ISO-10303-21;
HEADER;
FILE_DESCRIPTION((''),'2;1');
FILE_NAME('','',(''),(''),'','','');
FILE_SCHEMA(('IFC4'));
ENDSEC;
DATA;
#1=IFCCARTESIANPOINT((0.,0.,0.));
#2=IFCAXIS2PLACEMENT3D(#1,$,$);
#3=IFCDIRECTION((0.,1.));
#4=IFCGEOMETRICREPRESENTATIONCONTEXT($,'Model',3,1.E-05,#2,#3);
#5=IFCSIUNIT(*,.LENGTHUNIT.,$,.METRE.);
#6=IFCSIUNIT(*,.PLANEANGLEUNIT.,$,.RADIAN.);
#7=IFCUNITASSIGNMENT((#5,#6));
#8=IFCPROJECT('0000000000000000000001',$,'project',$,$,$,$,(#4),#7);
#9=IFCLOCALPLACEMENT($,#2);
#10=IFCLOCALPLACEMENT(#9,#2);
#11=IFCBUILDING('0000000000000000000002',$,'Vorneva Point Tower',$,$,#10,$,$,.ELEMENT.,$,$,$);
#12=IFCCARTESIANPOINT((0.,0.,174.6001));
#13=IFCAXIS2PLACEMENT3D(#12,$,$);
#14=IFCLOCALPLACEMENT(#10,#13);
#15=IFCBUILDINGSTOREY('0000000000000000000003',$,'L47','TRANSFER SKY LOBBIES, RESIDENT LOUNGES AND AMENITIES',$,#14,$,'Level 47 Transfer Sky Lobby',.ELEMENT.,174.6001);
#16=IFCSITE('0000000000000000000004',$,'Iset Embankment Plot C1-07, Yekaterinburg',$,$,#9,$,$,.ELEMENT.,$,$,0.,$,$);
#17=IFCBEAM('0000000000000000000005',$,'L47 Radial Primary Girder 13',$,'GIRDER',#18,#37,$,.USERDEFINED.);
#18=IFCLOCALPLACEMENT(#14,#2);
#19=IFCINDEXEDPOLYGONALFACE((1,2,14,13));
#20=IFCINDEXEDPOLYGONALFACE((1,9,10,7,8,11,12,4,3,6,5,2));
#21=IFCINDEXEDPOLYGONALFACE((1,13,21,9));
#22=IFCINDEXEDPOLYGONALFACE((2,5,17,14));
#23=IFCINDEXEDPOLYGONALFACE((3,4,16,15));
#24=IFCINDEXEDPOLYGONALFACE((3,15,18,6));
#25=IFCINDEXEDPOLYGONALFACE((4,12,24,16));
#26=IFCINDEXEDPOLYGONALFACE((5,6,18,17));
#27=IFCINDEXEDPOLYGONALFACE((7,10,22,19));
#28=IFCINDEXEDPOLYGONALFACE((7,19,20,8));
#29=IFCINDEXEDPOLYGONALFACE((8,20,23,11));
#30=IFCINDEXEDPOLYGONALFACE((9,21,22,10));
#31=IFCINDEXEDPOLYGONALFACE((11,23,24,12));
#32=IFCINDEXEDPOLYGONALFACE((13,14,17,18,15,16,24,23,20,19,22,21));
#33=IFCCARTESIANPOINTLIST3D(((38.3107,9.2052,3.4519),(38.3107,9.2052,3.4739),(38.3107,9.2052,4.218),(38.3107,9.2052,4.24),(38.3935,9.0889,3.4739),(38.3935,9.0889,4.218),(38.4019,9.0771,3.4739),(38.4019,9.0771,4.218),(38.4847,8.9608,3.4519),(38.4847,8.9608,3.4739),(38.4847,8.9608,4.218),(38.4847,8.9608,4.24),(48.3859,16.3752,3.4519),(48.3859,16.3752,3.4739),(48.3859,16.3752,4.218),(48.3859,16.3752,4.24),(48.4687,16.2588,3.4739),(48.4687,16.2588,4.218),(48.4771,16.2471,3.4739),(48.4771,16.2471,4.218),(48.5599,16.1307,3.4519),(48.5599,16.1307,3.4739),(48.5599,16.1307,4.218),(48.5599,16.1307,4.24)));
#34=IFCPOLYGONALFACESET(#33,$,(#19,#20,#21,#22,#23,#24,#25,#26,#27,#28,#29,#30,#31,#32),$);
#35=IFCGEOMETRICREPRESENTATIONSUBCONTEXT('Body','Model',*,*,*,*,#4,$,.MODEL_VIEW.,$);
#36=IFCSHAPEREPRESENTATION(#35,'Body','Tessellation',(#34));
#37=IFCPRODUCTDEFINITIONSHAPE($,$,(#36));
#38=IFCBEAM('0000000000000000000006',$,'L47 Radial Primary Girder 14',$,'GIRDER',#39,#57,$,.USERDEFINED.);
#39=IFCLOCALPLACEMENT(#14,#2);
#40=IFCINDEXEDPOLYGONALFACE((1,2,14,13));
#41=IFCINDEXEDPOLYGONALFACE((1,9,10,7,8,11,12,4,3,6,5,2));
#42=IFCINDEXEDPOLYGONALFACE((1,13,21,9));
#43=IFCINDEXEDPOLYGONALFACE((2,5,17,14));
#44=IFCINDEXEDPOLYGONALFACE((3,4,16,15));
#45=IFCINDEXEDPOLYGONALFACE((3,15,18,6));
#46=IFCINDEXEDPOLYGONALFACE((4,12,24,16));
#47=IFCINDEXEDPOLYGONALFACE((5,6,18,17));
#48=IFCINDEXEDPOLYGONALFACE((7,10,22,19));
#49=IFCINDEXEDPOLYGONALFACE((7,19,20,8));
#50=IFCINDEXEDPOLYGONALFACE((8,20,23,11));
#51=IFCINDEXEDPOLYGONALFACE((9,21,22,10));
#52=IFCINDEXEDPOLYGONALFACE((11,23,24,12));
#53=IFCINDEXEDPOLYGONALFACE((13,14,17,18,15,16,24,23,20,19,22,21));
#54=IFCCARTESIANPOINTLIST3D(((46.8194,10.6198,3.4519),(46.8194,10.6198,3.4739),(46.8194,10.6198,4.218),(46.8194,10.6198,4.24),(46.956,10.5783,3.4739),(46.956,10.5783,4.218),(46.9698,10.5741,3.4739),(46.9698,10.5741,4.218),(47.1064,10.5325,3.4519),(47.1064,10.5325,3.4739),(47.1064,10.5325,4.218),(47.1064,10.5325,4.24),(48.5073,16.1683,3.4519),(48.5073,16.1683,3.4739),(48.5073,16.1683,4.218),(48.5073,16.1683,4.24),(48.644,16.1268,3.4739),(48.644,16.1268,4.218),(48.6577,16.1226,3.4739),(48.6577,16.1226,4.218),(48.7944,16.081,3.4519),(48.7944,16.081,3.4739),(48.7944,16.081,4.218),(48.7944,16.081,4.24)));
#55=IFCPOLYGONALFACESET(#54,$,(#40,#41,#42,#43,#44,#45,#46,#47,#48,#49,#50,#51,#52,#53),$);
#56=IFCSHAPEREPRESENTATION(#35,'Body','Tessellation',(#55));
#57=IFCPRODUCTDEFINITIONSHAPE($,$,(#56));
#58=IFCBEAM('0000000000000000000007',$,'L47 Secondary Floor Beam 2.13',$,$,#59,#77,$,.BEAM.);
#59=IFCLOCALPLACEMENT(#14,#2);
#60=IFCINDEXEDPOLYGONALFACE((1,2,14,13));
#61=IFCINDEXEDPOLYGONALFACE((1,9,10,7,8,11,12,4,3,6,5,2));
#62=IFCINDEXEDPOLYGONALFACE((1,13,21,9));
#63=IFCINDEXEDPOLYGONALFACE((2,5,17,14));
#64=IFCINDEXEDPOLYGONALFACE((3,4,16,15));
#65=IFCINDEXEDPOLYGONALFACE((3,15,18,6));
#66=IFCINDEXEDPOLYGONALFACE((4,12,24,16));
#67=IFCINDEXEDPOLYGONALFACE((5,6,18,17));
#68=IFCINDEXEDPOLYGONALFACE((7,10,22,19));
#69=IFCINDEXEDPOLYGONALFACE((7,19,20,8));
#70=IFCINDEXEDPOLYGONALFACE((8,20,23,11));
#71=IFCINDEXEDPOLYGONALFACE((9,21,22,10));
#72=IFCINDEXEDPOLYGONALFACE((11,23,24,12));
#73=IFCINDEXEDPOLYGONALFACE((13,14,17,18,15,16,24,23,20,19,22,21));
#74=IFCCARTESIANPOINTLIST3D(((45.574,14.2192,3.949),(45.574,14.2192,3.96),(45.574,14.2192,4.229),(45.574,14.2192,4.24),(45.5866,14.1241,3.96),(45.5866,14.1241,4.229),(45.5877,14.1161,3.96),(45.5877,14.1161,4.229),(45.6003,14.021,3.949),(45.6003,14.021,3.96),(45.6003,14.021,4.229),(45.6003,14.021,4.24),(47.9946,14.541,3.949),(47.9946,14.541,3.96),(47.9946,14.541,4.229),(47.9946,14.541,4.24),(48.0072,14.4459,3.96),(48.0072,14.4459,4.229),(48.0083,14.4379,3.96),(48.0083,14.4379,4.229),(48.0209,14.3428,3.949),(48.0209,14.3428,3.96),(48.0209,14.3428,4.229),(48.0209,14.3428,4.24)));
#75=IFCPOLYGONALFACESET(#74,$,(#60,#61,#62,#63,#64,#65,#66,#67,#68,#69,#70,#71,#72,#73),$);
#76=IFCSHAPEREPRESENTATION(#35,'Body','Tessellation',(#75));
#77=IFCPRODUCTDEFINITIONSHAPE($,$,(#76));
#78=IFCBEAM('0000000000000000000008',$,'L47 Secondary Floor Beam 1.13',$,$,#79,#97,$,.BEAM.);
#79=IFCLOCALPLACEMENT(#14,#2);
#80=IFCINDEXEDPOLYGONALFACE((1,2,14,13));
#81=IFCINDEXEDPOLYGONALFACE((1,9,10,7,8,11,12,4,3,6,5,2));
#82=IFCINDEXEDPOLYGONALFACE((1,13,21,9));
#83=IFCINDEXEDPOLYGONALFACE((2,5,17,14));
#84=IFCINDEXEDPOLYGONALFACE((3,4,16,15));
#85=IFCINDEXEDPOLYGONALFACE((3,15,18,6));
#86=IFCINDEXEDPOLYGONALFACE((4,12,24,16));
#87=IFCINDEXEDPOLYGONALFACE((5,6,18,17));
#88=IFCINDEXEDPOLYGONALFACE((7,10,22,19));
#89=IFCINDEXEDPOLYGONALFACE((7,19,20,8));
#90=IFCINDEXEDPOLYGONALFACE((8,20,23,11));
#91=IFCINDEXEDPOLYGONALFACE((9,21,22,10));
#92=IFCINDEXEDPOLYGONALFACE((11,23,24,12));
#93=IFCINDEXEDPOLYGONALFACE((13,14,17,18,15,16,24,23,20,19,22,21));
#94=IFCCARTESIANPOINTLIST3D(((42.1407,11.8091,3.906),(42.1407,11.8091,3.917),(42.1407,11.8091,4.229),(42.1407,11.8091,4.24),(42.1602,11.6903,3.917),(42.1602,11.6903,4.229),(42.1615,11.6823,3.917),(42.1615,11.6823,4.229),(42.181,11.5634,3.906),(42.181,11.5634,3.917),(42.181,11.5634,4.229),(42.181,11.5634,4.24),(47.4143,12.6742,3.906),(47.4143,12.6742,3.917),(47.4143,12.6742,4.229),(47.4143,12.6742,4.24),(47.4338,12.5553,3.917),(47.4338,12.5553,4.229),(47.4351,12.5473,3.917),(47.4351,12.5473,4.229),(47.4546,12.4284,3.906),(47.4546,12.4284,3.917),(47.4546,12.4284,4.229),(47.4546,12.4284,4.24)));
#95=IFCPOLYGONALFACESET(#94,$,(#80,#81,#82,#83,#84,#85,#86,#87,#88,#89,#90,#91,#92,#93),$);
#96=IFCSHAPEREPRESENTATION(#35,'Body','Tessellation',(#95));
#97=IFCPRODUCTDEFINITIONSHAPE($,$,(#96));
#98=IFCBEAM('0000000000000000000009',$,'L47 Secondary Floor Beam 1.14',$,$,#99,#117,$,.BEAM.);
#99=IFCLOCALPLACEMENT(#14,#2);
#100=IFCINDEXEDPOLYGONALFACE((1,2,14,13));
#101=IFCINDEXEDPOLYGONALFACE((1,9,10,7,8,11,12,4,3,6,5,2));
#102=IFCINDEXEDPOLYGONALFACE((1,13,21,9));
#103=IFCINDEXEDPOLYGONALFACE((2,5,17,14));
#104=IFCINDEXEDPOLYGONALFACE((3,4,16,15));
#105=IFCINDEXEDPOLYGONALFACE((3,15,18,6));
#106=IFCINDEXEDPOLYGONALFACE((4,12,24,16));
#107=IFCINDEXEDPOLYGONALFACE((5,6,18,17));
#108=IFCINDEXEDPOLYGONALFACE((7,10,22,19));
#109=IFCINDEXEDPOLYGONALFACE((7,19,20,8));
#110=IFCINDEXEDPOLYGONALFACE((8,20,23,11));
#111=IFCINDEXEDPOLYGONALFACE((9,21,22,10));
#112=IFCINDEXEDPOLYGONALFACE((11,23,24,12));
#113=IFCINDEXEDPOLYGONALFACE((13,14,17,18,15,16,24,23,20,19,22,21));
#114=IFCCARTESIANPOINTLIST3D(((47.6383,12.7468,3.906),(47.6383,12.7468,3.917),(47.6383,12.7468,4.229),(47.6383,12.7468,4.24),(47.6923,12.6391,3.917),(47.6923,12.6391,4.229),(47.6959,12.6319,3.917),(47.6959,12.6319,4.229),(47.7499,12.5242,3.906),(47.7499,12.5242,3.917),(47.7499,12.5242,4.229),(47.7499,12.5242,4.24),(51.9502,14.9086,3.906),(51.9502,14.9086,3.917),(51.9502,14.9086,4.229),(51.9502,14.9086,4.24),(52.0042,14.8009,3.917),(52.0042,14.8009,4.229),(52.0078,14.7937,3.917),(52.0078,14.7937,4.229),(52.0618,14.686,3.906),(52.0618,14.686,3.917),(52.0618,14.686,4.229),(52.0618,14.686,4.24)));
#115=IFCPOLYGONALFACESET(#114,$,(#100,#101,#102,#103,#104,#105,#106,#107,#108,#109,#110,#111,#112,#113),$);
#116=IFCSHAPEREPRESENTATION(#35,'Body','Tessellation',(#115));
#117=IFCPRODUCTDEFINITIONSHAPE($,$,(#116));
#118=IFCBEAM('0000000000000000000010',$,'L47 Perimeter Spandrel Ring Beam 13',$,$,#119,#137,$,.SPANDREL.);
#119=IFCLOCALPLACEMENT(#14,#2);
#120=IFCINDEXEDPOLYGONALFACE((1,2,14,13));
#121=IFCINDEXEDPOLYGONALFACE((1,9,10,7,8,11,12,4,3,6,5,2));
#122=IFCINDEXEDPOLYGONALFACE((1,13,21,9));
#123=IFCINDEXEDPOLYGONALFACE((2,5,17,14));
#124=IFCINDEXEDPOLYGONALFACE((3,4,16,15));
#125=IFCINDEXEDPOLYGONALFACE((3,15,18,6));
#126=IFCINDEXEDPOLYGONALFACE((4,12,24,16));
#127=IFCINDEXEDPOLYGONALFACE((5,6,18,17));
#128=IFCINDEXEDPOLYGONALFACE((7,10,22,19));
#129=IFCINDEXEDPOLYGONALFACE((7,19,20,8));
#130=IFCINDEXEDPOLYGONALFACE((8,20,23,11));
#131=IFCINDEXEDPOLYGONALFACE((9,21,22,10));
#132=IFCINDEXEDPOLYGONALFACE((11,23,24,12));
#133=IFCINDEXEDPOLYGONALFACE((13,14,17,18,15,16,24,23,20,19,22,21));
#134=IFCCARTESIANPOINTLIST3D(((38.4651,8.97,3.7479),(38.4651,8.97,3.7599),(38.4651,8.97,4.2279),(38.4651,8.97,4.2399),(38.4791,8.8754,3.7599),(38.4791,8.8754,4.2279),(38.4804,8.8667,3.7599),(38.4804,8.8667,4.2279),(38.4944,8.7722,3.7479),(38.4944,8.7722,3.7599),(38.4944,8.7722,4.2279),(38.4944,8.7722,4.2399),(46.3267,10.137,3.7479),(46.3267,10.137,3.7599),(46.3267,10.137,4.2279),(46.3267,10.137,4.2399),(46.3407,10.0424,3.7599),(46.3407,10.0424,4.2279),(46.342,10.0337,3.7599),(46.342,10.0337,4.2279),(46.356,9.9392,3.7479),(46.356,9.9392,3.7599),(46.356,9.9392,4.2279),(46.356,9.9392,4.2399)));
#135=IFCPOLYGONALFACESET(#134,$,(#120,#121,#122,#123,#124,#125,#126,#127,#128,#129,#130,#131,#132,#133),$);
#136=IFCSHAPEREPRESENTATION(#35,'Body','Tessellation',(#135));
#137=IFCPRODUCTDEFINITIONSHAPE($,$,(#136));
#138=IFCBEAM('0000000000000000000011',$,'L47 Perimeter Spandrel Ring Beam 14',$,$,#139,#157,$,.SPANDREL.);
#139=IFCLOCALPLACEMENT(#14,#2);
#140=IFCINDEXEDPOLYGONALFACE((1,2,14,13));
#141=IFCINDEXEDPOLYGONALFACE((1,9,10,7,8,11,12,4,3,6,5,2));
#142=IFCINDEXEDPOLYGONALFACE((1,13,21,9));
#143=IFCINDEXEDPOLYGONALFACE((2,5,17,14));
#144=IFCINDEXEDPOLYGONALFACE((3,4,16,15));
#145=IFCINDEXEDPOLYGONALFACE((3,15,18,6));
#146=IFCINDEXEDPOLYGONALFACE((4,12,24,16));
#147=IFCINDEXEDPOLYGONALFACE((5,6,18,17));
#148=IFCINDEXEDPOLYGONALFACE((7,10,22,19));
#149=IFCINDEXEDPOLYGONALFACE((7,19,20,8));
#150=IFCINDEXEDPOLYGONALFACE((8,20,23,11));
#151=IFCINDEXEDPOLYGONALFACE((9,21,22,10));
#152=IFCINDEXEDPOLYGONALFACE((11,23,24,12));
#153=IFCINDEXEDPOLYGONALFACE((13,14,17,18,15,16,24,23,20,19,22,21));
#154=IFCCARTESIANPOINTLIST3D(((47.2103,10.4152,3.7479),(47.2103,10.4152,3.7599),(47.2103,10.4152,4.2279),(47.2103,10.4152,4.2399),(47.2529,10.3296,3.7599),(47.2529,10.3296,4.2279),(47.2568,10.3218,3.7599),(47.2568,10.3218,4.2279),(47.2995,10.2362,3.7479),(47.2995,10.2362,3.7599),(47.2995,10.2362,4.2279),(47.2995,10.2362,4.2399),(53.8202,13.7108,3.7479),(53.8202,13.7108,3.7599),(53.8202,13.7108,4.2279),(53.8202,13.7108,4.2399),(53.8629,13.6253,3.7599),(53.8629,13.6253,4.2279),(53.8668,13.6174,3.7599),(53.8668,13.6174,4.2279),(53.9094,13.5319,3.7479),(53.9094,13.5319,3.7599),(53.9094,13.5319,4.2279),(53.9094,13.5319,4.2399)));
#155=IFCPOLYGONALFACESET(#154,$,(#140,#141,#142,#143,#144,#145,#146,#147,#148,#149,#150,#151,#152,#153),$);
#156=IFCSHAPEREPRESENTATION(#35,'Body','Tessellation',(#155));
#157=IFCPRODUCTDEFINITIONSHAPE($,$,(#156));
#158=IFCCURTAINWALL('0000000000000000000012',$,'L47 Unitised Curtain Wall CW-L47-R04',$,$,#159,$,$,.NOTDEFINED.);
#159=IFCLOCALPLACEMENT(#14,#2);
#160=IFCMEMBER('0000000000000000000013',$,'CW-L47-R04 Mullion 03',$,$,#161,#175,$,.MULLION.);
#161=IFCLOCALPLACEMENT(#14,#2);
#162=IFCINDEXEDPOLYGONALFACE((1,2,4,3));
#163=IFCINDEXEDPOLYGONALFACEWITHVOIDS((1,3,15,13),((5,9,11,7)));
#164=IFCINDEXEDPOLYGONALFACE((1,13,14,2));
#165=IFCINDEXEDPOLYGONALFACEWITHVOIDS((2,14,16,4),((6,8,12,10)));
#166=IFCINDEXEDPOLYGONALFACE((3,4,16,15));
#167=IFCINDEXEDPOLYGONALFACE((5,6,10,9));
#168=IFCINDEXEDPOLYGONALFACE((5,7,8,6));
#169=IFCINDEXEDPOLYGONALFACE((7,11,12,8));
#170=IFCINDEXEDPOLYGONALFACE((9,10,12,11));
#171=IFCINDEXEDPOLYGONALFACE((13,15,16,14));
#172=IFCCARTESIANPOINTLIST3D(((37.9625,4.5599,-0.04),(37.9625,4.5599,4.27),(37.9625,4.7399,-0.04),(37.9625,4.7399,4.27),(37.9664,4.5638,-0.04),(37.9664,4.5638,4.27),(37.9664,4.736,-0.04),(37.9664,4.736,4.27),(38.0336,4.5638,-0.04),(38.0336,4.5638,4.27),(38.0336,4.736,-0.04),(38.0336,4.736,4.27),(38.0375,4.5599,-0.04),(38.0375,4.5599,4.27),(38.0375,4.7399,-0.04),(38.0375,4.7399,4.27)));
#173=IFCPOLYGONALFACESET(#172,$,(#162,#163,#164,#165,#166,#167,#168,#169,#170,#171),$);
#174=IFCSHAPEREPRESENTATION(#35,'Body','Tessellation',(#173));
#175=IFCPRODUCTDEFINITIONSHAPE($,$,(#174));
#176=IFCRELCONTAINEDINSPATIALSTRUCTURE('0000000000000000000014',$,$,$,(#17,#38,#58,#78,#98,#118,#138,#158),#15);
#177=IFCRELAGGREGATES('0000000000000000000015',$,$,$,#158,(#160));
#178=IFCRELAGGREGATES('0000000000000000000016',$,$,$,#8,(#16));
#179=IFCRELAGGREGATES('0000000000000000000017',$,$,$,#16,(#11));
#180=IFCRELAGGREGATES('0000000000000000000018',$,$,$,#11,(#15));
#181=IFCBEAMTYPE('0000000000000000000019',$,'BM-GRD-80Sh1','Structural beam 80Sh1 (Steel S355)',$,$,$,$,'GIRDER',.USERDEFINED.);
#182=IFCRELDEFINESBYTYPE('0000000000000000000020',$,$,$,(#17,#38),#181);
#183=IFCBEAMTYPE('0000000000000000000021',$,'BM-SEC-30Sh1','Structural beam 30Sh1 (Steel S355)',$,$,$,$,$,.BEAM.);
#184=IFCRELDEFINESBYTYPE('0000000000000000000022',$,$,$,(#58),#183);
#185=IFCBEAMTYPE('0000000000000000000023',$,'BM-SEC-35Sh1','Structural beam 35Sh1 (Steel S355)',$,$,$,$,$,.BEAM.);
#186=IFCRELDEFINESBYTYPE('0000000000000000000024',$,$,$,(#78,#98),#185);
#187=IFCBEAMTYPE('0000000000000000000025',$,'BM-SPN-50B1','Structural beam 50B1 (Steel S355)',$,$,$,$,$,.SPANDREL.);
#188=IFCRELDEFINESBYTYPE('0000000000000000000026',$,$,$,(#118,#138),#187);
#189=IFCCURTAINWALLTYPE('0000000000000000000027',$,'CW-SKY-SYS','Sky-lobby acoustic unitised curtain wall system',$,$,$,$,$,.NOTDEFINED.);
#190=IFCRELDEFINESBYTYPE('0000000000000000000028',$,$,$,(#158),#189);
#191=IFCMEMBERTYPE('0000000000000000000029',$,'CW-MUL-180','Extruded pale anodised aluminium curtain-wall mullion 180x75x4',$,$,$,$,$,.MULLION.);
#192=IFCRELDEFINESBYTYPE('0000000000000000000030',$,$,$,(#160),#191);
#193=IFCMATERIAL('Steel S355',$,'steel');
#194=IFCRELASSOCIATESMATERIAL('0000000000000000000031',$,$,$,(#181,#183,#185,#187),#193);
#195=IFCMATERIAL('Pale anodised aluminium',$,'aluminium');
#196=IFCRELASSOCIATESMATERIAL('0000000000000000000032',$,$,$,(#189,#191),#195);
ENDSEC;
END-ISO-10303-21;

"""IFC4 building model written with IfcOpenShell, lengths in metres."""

from ifc_helpers import new_model, si_unit, direction, frame, origin, origin_2d, place, context, subcontext, project, spatial, hollow_rectangle, i_section, extrude, material, material_profile, profile_set, type_object, element, aggregate, save


model = new_model("IFC4")

# Units and contexts
model_context = context("Model", 3, precision=1e-05, world=origin(), true_north=direction((0.0, 1.0)))
body_context = subcontext(model_context, "Body", "Model", "MODEL_VIEW")
ifc_project = project(units=[si_unit("LENGTHUNIT", "METRE"), si_unit("PLANEANGLEUNIT", "RADIAN")], contexts=[model_context])

# Site, building, storey
site_placement = place(None, origin())
site = spatial("IfcSite", under=ifc_project, at=site_placement, Name="Iset Embankment Plot C1-07, Yekaterinburg", CompositionType="ELEMENT", RefElevation=0.0)
building_placement = place(site_placement, origin())
building = spatial("IfcBuilding", under=site, at=building_placement, Name="Vorneva Point Tower", CompositionType="ELEMENT")
storey_placement = place(building_placement, frame((0.0, 0.0, 174.6001)))
storey = spatial("IfcBuildingStorey", under=building, at=storey_placement, Name="L47", Description="TRANSFER SKY LOBBIES, RESIDENT LOUNGES AND AMENITIES", LongName="Level 47 Transfer Sky Lobby", CompositionType="ELEMENT", Elevation=174.6001)

# Beams
ifc_material_1 = material(Name="Steel S355", Category="steel")
ifc_material_profile_1 = material_profile(ifc_material_1, i_section(OverallWidth=0.3, OverallDepth=0.7881, WebThickness=0.0144, FlangeThickness=0.022, at=origin_2d()), Name="80Sh1")
ifc_profile_set_1 = profile_set([ifc_material_profile_1], Name="Steel S355")
beam_type_1 = type_object("IfcBeamType", Name="BM-GRD-80Sh1", Description="Structural beam 80Sh1 (Steel S355)", ElementType="GIRDER", PredefinedType="USERDEFINED", material=ifc_profile_set_1)
beam_1_placement = place(storey_placement, frame((38.3977, 9.083, 3.8459), z_axis=(0.814751, 0.57981, 0.0), x_axis=(-0.57981, 0.814751, 0.0)))
element("IfcBeam", 1, at=beam_1_placement, inside=storey, type_object=beam_type_1, Name="L47 Radial Primary Girder 13", ObjectType="GIRDER", PredefinedType="USERDEFINED", context=body_context, shape_type="SweptSolid", body=[
    extrude(i_section(OverallWidth=0.3, OverallDepth=0.7881, WebThickness=0.0144, FlangeThickness=0.022, at=origin_2d()), origin(), (0.0, 0.0, 1.0), 12.366),
])
beam_2_placement = place(storey_placement, frame((46.9629, 10.5762, 3.8459), z_axis=(0.291049, 0.956708, 0.0), x_axis=(-0.956708, 0.291049, 0.0)))
element("IfcBeam", 2, at=beam_2_placement, inside=storey, type_object=beam_type_1, Name="L47 Radial Primary Girder 14", ObjectType="GIRDER", PredefinedType="USERDEFINED", context=body_context, shape_type="SweptSolid", body=[
    extrude(i_section(OverallWidth=0.3, OverallDepth=0.7881, WebThickness=0.0144, FlangeThickness=0.022, at=origin_2d()), origin(), (0.0, 0.0, 1.0), 5.7996),
])
ifc_material_profile_2 = material_profile(ifc_material_1, i_section(OverallWidth=0.2, OverallDepth=0.291, WebThickness=0.0081, FlangeThickness=0.011, at=origin_2d()), Name="30Sh1")
ifc_profile_set_2 = profile_set([ifc_material_profile_2], Name="Steel S355")
beam_type_2 = type_object("IfcBeamType", Name="BM-SEC-30Sh1", Description="Structural beam 30Sh1 (Steel S355)", PredefinedType="BEAM", material=ifc_profile_set_2)
beam_3_placement = place(storey_placement, frame((45.5872, 14.1201, 4.0945), z_axis=(0.99128, 0.131771, 0.0), x_axis=(-0.131771, 0.99128, 0.0)))
element("IfcBeam", 3, at=beam_3_placement, inside=storey, type_object=beam_type_2, Name="L47 Secondary Floor Beam 2.13", PredefinedType="BEAM", context=body_context, shape_type="SweptSolid", body=[
    extrude(i_section(OverallWidth=0.2, OverallDepth=0.291, WebThickness=0.0081, FlangeThickness=0.011, at=origin_2d()), origin(), (0.0, 0.0, 1.0), 2.4419),
])
ifc_material_profile_3 = material_profile(ifc_material_1, i_section(OverallWidth=0.249, OverallDepth=0.334, WebThickness=0.0081, FlangeThickness=0.011, at=origin_2d()), Name="35Sh1")
ifc_profile_set_3 = profile_set([ifc_material_profile_3], Name="Steel S355")
beam_type_3 = type_object("IfcBeamType", Name="BM-SEC-35Sh1", Description="Structural beam 35Sh1 (Steel S355)", PredefinedType="BEAM", material=ifc_profile_set_3)
beam_4_placement = place(storey_placement, frame((42.1609, 11.6863, 4.073), z_axis=(0.986813, 0.161865, 0.0), x_axis=(-0.161865, 0.986813, 0.0)))
element("IfcBeam", 4, at=beam_4_placement, inside=storey, type_object=beam_type_3, Name="L47 Secondary Floor Beam 1.13", PredefinedType="BEAM", context=body_context, shape_type="SweptSolid", body=[
    extrude(i_section(OverallWidth=0.249, OverallDepth=0.334, WebThickness=0.0081, FlangeThickness=0.011, at=origin_2d()), origin(), (0.0, 0.0, 1.0), 5.344),
])
beam_5_placement = place(storey_placement, frame((47.6941, 12.6355, 4.073), z_axis=(0.893941, 0.448185, 0.0), x_axis=(-0.448185, 0.893941, 0.0)))
element("IfcBeam", 5, at=beam_5_placement, inside=storey, type_object=beam_type_3, Name="L47 Secondary Floor Beam 1.14", PredefinedType="BEAM", context=body_context, shape_type="SweptSolid", body=[
    extrude(i_section(OverallWidth=0.249, OverallDepth=0.334, WebThickness=0.0081, FlangeThickness=0.011, at=origin_2d()), origin(), (0.0, 0.0, 1.0), 4.8235),
])
ifc_material_profile_4 = material_profile(ifc_material_1, i_section(OverallWidth=0.2, OverallDepth=0.4919, WebThickness=0.0088, FlangeThickness=0.012, at=origin_2d()), Name="50B1")
ifc_profile_set_4 = profile_set([ifc_material_profile_4], Name="Steel S355")
beam_type_4 = type_object("IfcBeamType", Name="BM-SPN-50B1", Description="Structural beam 50B1 (Steel S355)", PredefinedType="SPANDREL", material=ifc_profile_set_4)
beam_6_placement = place(storey_placement, frame((38.4797, 8.8711, 3.9939), z_axis=(0.989161, 0.146834, 0.0), x_axis=(-0.146834, 0.989161, 0.0)))
element("IfcBeam", 6, at=beam_6_placement, inside=storey, type_object=beam_type_4, Name="L47 Perimeter Spandrel Ring Beam 13", PredefinedType="SPANDREL", context=body_context, shape_type="SweptSolid", body=[
    extrude(i_section(OverallWidth=0.2, OverallDepth=0.4919, WebThickness=0.0088, FlangeThickness=0.012, at=origin_2d()), origin(), (0.0, 0.0, 1.0), 7.9478),
])
beam_7_placement = place(storey_placement, frame((47.2549, 10.3257, 3.9939), z_axis=(0.894929, 0.446208, 0.0), x_axis=(-0.446208, 0.894929, 0.0)))
element("IfcBeam", 7, at=beam_7_placement, inside=storey, type_object=beam_type_4, Name="L47 Perimeter Spandrel Ring Beam 14", PredefinedType="SPANDREL", context=body_context, shape_type="SweptSolid", body=[
    extrude(i_section(OverallWidth=0.2, OverallDepth=0.4919, WebThickness=0.0088, FlangeThickness=0.012, at=origin_2d()), origin(), (0.0, 0.0, 1.0), 7.386),
])

# Curtain wall, member
ifc_material_2 = material(Name="Pale anodised aluminium", Category="aluminium")
curtain_wall_type = type_object("IfcCurtainWallType", Name="CW-SKY-SYS", Description="Sky-lobby acoustic unitised curtain wall system", PredefinedType="NOTDEFINED", material=ifc_material_2)
curtain_wall_placement = place(storey_placement, origin())
curtain_wall = element("IfcCurtainWall", 8, at=curtain_wall_placement, inside=storey, type_object=curtain_wall_type, Name="L47 Unitised Curtain Wall CW-L47-R04", PredefinedType="NOTDEFINED")
ifc_material_profile_5 = material_profile(ifc_material_2, hollow_rectangle(XDim=0.075, YDim=0.1799, WallThickness=0.0039, at=origin_2d()), Name="AL-MUL 180x75x4")
ifc_profile_set_5 = profile_set([ifc_material_profile_5], Name="Pale anodised aluminium")
member_type = type_object("IfcMemberType", Name="CW-MUL-180", Description="Extruded pale anodised aluminium curtain-wall mullion 180x75x4", PredefinedType="MULLION", material=ifc_profile_set_5)
member_placement = place(storey_placement, frame((38.0, 4.6499, -0.04), z_axis=(0.0, 0.0, 1.0), x_axis=(1.0, 0.0, 0.0)))
member = element("IfcMember", 9, at=member_placement, type_object=member_type, Name="CW-L47-R04 Mullion 03", PredefinedType="MULLION", context=body_context, shape_type="SweptSolid", body=[
    extrude(hollow_rectangle(XDim=0.075, YDim=0.1799, WallThickness=0.0039, at=origin_2d()), origin(), (0.0, 0.0, 1.0), 4.3101),
])
aggregate(curtain_wall, [member])

save(model, "model.ifc")
